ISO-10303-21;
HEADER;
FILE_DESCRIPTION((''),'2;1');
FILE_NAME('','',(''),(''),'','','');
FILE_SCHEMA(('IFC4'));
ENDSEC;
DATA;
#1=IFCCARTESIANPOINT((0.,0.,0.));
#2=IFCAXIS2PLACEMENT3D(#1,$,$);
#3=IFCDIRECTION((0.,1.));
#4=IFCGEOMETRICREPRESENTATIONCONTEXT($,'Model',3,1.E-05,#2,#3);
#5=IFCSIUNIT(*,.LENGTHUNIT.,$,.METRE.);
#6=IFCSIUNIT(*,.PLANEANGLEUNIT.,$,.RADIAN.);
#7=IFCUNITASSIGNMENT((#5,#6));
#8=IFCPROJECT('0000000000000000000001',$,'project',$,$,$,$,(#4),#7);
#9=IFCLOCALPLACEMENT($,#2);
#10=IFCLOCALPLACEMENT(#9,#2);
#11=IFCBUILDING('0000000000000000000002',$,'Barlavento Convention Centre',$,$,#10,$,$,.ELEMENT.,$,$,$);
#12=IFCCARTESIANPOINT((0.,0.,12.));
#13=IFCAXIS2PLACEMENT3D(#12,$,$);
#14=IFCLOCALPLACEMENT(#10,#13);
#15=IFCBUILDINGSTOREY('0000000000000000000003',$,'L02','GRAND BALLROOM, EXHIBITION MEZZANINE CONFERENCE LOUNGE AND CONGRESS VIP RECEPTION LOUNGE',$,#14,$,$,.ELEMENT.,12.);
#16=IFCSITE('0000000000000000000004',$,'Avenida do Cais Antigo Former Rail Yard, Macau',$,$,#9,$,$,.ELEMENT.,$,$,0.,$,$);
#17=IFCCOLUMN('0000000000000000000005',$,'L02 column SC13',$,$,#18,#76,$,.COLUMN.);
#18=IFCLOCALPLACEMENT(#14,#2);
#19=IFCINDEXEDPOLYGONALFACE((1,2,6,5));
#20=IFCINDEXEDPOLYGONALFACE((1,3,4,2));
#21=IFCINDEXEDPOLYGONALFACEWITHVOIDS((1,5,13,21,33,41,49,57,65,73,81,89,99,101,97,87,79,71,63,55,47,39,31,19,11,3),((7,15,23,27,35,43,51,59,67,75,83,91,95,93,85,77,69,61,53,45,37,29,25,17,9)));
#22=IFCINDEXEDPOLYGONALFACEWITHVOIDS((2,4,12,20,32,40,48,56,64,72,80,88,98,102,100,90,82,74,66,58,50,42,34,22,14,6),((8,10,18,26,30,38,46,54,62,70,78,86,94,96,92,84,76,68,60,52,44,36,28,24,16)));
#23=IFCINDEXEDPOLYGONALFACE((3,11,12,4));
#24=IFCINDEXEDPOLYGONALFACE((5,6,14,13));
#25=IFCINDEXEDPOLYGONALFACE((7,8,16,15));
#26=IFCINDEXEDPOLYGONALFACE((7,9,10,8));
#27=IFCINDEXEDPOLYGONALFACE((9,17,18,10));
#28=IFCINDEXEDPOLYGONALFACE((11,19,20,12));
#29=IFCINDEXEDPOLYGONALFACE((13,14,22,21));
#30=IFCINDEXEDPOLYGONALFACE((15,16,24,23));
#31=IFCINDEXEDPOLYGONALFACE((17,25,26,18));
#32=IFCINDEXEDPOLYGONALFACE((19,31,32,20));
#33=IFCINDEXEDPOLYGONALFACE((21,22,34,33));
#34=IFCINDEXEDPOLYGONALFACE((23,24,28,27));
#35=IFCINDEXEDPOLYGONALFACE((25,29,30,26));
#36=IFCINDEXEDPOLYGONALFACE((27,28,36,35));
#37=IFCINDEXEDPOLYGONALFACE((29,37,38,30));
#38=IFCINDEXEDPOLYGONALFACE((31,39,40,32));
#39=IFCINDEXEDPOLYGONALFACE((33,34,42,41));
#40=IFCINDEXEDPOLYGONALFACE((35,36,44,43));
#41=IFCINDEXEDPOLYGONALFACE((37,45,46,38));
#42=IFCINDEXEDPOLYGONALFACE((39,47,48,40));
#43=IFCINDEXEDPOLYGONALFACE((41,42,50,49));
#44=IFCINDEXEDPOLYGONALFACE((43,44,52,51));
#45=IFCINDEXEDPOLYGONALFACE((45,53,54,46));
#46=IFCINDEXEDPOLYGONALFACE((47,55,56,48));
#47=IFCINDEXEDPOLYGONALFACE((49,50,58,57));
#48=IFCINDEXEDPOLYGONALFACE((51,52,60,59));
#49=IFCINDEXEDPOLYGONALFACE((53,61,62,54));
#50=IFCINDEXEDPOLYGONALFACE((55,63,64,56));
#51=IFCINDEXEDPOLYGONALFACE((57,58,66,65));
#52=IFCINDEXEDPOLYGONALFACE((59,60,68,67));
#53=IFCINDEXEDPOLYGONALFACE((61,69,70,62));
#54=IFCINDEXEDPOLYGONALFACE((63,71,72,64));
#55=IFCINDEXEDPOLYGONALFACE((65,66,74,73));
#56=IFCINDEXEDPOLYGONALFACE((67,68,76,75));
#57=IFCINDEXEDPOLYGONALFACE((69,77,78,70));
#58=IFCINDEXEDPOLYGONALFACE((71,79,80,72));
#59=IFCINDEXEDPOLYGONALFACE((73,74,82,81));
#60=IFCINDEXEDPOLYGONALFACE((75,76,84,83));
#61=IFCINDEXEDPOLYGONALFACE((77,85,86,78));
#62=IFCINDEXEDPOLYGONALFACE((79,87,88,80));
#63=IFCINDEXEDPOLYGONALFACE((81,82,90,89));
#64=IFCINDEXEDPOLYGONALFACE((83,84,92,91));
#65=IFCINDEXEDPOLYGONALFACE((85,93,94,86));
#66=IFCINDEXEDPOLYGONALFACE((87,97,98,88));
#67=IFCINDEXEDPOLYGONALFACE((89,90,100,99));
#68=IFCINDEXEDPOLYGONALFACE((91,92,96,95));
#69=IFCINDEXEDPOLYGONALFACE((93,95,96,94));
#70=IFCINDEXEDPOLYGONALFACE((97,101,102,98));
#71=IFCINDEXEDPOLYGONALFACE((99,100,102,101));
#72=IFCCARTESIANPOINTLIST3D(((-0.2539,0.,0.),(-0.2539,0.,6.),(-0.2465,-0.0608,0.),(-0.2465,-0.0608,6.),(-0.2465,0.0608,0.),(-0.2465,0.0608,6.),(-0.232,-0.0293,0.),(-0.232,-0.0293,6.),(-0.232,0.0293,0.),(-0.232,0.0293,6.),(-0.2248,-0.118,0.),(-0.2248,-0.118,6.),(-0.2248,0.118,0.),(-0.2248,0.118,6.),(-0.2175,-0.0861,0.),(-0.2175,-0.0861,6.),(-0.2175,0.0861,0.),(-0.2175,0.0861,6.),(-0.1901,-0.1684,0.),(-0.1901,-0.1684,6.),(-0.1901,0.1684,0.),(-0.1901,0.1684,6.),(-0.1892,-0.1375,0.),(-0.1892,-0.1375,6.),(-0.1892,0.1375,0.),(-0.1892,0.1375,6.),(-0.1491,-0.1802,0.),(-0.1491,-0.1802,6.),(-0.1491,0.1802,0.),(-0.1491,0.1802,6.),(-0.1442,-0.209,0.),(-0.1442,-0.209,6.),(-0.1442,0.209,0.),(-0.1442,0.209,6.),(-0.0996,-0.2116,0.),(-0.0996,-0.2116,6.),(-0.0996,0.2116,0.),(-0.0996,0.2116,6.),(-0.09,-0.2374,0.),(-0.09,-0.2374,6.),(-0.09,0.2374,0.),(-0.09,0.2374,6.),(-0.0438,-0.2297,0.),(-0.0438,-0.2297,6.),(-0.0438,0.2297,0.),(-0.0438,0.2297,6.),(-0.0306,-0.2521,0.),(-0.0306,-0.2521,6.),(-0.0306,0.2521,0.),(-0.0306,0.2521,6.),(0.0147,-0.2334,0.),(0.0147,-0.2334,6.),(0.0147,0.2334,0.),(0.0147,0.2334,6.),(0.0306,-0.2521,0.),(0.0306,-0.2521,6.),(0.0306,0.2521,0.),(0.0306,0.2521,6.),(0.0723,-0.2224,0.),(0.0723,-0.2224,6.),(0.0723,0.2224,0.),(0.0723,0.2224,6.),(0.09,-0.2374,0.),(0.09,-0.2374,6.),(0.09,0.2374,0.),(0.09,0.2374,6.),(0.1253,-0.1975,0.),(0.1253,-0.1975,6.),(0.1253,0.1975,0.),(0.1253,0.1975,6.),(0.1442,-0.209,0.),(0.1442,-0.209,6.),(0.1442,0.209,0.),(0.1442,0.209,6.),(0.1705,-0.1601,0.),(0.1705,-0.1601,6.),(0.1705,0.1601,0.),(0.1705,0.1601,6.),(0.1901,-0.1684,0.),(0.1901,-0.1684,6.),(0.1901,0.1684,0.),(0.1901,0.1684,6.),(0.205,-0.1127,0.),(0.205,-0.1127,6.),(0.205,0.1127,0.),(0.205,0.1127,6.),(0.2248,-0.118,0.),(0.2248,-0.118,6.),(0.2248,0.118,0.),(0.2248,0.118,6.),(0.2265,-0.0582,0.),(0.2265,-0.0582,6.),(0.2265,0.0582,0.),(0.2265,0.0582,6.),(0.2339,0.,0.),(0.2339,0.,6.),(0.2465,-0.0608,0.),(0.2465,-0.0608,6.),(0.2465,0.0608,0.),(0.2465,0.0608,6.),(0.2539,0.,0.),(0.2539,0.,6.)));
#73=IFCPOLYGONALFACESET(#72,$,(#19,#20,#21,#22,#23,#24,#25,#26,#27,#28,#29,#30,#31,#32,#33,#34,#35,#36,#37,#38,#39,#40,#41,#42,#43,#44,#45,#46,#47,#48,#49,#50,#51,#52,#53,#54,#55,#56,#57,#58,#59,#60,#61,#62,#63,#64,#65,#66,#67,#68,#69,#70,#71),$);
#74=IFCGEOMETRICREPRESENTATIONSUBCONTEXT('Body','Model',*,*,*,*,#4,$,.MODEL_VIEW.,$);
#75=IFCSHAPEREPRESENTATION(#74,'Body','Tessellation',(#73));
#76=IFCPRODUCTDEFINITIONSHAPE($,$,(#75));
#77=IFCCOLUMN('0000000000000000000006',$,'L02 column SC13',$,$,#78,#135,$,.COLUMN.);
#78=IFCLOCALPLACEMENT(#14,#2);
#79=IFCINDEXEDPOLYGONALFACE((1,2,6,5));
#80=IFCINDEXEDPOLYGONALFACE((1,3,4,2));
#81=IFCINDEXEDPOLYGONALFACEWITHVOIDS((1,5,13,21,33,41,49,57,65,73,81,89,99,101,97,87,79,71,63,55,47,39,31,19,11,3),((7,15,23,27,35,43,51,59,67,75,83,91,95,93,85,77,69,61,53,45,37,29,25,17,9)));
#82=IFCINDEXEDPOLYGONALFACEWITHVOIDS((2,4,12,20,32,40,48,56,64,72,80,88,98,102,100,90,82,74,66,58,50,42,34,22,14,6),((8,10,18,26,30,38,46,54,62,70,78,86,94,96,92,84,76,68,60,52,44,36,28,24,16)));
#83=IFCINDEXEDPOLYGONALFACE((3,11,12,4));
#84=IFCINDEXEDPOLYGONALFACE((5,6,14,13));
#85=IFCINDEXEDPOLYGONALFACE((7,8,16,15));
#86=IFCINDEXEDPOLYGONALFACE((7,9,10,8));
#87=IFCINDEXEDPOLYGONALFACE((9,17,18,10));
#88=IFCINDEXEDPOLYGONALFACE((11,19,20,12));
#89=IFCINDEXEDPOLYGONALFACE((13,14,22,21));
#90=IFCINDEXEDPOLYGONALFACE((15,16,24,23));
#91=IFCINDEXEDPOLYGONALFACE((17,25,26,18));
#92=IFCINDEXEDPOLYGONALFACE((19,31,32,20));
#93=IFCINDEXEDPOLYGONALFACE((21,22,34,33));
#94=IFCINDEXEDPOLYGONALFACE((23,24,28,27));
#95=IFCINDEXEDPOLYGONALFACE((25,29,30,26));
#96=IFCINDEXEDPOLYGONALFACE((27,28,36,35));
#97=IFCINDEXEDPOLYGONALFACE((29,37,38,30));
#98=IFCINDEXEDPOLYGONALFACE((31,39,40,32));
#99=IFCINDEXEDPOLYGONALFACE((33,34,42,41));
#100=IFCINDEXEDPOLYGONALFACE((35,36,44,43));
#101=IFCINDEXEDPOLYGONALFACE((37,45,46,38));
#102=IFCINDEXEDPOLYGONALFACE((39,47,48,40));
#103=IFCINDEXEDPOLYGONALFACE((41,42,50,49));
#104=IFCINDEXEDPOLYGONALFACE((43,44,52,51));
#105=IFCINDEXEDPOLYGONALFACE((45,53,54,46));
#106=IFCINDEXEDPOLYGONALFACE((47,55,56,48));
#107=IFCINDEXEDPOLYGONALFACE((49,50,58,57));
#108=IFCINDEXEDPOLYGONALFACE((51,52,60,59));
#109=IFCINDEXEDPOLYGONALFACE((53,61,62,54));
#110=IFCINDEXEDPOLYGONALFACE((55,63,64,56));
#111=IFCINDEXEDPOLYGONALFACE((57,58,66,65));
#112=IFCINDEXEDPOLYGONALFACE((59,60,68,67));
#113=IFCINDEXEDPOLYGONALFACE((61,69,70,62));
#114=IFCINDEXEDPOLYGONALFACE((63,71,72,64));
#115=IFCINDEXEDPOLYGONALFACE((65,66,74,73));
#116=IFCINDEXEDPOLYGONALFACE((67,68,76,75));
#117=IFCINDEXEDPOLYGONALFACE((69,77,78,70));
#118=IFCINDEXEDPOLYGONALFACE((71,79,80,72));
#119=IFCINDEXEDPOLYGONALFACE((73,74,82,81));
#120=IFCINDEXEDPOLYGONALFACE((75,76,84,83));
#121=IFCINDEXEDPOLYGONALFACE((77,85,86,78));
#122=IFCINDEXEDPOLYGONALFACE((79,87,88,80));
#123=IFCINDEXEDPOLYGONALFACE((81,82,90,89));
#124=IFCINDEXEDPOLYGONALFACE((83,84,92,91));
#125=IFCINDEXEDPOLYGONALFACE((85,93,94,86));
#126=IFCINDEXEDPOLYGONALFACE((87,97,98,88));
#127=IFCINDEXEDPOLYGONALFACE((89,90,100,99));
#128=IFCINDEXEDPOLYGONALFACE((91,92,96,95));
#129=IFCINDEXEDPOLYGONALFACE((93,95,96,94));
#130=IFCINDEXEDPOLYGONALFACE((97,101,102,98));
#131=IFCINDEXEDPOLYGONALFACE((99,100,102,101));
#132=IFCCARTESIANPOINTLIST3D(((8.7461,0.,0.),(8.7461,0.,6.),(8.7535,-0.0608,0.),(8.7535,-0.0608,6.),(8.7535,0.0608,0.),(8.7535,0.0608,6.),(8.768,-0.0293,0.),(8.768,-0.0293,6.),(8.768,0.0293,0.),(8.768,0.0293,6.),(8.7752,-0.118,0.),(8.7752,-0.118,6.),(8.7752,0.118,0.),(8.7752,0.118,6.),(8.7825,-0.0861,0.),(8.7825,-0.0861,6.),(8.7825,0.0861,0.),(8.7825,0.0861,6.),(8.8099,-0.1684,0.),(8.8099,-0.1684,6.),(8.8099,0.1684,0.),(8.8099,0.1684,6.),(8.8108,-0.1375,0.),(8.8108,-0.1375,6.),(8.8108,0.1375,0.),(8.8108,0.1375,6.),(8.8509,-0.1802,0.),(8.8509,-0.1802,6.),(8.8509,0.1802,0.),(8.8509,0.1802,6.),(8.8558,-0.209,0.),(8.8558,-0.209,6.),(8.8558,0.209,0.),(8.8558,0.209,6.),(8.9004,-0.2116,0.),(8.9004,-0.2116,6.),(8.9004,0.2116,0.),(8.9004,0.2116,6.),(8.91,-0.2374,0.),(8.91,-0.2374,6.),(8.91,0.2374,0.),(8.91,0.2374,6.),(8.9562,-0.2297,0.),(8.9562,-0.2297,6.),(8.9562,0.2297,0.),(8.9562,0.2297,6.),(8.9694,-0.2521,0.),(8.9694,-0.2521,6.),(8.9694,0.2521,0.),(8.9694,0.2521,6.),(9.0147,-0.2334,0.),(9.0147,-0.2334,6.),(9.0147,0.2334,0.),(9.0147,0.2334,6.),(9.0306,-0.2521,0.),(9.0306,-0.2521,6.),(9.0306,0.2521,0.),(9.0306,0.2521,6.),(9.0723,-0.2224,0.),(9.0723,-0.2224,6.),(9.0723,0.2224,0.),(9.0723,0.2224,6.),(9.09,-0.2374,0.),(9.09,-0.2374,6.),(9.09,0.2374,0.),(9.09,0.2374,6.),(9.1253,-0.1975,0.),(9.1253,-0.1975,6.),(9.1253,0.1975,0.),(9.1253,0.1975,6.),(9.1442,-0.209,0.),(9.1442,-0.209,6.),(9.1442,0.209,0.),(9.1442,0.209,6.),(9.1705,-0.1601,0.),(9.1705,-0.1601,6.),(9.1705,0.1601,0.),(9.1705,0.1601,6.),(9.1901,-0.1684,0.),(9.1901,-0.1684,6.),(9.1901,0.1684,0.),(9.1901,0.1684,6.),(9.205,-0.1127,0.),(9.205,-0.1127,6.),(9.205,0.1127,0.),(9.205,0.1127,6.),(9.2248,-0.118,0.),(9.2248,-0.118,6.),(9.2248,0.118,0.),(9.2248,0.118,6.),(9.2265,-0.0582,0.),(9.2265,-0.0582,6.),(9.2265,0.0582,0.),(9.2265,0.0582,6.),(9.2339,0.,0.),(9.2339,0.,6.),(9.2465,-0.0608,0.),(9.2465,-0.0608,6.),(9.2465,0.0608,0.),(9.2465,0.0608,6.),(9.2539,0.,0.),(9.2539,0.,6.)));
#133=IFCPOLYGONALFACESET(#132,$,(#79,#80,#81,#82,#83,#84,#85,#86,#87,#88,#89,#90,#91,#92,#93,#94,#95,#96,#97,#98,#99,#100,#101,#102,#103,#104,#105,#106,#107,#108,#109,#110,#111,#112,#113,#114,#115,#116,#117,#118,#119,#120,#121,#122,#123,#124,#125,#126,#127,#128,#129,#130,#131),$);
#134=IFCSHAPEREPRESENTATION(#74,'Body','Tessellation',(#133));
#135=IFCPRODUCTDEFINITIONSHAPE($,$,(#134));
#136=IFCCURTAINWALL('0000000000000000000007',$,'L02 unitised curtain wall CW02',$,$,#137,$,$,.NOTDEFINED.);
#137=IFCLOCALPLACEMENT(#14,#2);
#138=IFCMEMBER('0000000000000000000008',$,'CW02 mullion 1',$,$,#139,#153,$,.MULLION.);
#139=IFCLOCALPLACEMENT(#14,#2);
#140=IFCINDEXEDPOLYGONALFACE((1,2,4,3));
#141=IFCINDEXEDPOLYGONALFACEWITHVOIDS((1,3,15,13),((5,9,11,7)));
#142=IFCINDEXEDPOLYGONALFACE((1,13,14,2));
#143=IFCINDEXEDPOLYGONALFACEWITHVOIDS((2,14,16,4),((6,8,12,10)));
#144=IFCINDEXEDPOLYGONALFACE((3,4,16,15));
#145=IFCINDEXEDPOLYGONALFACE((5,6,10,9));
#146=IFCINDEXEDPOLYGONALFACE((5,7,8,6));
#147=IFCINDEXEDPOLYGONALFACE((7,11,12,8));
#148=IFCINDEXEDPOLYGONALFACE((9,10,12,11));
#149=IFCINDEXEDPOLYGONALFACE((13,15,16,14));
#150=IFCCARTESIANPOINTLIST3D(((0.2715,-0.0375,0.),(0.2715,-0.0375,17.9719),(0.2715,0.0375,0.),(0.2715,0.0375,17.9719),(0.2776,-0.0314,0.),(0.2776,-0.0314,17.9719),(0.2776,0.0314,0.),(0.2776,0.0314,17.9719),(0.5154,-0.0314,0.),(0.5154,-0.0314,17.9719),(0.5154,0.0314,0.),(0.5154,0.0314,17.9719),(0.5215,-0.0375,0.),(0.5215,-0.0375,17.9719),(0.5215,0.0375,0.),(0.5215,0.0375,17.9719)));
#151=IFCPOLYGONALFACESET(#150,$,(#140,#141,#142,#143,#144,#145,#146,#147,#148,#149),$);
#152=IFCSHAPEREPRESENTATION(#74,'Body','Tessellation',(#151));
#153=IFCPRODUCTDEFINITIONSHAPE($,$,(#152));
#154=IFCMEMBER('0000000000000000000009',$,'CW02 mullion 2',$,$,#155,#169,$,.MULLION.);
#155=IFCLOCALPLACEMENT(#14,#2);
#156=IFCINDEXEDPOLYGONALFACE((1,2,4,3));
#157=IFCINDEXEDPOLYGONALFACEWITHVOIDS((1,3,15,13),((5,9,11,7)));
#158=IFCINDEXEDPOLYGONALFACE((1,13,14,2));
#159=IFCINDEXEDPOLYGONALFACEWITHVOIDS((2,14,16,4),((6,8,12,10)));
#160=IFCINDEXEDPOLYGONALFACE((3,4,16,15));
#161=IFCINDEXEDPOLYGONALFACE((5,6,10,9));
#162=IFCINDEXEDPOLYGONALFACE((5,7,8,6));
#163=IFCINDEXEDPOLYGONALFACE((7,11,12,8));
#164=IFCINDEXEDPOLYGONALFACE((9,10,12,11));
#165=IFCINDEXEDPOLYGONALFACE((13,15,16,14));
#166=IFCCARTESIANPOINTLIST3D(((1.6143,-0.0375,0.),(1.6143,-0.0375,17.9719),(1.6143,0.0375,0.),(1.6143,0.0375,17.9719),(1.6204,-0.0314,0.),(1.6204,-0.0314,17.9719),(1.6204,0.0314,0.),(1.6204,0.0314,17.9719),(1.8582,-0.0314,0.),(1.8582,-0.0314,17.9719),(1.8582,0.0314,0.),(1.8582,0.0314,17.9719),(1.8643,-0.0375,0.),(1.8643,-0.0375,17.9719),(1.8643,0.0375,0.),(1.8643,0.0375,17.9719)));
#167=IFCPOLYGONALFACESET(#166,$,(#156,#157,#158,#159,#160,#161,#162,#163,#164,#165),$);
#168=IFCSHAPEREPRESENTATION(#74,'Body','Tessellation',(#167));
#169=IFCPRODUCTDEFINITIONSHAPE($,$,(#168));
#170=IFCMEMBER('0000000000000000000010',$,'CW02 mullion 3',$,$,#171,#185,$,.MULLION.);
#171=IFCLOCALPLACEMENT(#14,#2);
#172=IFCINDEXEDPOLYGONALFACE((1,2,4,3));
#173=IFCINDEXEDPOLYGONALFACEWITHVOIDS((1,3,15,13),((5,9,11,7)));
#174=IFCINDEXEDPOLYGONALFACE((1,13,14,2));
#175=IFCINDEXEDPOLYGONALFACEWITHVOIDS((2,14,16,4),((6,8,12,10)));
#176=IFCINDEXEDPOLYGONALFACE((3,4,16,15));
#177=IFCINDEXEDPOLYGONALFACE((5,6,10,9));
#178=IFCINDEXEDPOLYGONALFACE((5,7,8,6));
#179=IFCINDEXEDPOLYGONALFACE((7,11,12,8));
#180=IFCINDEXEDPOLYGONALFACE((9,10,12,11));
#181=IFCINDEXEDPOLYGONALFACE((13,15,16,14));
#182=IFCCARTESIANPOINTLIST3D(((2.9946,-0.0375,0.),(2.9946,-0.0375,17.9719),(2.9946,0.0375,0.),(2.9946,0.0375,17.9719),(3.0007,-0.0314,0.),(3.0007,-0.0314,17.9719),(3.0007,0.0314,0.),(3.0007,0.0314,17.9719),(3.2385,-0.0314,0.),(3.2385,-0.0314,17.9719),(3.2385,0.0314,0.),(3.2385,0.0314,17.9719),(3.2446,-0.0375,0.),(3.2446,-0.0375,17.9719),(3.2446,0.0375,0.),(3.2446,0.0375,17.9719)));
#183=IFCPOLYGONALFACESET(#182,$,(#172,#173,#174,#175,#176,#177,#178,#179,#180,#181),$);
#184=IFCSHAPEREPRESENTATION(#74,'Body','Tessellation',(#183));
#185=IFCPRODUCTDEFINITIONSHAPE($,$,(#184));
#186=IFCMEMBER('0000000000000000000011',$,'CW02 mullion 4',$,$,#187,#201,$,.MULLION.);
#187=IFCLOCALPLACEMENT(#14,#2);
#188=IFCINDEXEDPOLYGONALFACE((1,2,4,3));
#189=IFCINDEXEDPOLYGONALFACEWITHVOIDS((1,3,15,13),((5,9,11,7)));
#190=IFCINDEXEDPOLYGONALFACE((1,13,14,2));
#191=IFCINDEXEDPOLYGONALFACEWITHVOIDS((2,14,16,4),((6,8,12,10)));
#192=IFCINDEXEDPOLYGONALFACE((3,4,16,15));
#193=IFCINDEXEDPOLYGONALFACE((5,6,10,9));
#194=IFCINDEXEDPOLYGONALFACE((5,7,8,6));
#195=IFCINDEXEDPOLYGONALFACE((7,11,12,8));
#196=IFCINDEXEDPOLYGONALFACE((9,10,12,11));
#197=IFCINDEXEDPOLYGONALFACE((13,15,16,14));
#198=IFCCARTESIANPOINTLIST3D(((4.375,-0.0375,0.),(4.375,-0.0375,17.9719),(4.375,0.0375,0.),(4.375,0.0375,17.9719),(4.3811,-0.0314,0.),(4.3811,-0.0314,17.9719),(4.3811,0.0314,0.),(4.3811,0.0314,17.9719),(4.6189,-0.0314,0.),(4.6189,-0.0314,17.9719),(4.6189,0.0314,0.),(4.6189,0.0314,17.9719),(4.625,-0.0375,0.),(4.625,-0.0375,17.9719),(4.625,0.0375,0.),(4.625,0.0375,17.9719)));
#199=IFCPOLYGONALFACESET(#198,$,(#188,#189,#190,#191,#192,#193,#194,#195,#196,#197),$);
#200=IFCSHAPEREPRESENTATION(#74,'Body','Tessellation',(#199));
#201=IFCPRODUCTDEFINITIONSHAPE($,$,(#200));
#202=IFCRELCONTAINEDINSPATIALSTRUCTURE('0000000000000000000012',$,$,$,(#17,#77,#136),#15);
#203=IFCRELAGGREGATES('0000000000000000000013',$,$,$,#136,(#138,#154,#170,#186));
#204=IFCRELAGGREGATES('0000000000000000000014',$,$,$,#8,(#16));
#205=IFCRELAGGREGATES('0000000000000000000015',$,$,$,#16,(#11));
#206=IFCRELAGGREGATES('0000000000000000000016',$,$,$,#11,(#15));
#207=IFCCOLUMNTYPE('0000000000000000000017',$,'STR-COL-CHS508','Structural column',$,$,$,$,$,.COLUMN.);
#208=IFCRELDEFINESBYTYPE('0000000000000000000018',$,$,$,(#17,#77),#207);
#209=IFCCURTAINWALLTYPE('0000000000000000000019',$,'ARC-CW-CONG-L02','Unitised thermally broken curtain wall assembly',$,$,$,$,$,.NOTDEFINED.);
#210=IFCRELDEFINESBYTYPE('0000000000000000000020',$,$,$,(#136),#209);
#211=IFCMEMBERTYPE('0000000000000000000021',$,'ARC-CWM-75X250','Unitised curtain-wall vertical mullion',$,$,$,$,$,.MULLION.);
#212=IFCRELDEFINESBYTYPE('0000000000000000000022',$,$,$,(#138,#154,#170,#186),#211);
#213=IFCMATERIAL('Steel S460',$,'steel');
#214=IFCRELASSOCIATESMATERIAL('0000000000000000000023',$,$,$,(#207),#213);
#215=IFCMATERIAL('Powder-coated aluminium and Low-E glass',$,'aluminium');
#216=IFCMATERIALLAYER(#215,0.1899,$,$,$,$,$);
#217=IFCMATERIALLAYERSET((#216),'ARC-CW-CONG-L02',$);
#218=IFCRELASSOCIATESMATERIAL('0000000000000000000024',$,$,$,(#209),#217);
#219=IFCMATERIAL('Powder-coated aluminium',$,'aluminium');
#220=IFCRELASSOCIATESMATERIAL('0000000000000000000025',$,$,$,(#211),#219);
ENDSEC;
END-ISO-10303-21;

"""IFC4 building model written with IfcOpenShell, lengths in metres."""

from ifc_helpers import new_model, si_unit, direction, frame, origin, origin_2d, place, context, subcontext, project, spatial, hollow_rectangle, hollow_circle, extrude, material, layer, layer_set, material_profile, profile_set, type_object, element, aggregate, save


model = new_model("IFC4")

# Units and contexts
model_context = context("Model", 3, precision=1e-05, world=origin(), true_north=direction((0.0, 1.0)))
body_context = subcontext(model_context, "Body", "Model", "MODEL_VIEW")
ifc_project = project(units=[si_unit("LENGTHUNIT", "METRE"), si_unit("PLANEANGLEUNIT", "RADIAN")], contexts=[model_context])

# Site, building, storey
site_placement = place(None, origin())
site = spatial("IfcSite", under=ifc_project, at=site_placement, Name="Avenida do Cais Antigo Former Rail Yard, Macau", CompositionType="ELEMENT", RefElevation=0.0)
building_placement = place(site_placement, origin())
building = spatial("IfcBuilding", under=site, at=building_placement, Name="Barlavento Convention Centre", CompositionType="ELEMENT")
storey_placement = place(building_placement, frame((0.0, 0.0, 12.0)))
storey = spatial("IfcBuildingStorey", under=building, at=storey_placement, Name="L02", Description="GRAND BALLROOM, EXHIBITION MEZZANINE CONFERENCE LOUNGE AND CONGRESS VIP RECEPTION LOUNGE", CompositionType="ELEMENT", Elevation=12.0)

# Columns
ifc_material_1 = material(Name="Steel S460", Category="steel")
ifc_material_profile_1 = material_profile(ifc_material_1, hollow_circle(Radius=0.2539, WallThickness=0.02, at=origin_2d()), Name="CHS 508.0x20.0")
ifc_profile_set_1 = profile_set([ifc_material_profile_1], Name="Steel S460")
column_type = type_object("IfcColumnType", Name="STR-COL-CHS508", Description="Structural column", PredefinedType="COLUMN", material=ifc_profile_set_1)
for number, where, z_axis, x_axis, name in (
    (1, (0.0, 0.0, 0.0), (0.0, 0.0, 1.0), (1.0, 0.0, 0.0), "L02 column SC13"),
    (2, (9.0, 0.0, 0.0), (0.0, 0.0, 1.0), (1.0, 0.0, 0.0), "L02 column SC13"),
):
    element("IfcColumn", number, at=place(storey_placement, frame(where, z_axis=z_axis, x_axis=x_axis)), inside=storey, type_object=column_type, Name=name, PredefinedType="COLUMN", context=body_context, shape_type="SweptSolid", body=[
        extrude(hollow_circle(Radius=0.2539, WallThickness=0.02, at=origin_2d()), origin(), (0.0, 0.0, 1.0), 6.0),
    ])

# Curtain wall, members
ifc_material_2 = material(Name="Powder-coated aluminium and Low-E glass", Category="aluminium")
ifc_layer_1 = layer(ifc_material_2, 0.1899)
ifc_layer_set_1 = layer_set([ifc_layer_1], Name="ARC-CW-CONG-L02")
curtain_wall_type = type_object("IfcCurtainWallType", Name="ARC-CW-CONG-L02", Description="Unitised thermally broken curtain wall assembly", PredefinedType="NOTDEFINED", material=ifc_layer_set_1)
curtain_wall_1_placement = place(storey_placement, origin())
curtain_wall_1 = element("IfcCurtainWall", 3, at=curtain_wall_1_placement, inside=storey, type_object=curtain_wall_type, Name="L02 unitised curtain wall CW02", PredefinedType="NOTDEFINED")
ifc_material_3 = material(Name="Powder-coated aluminium", Category="aluminium")
ifc_material_profile_2 = material_profile(ifc_material_3, hollow_rectangle(XDim=0.075, YDim=0.25, WallThickness=0.0061, at=origin_2d()), Name="AL-MULL 75x250x6")
ifc_profile_set_2 = profile_set([ifc_material_profile_2], Name="Powder-coated aluminium")
member_type_1 = type_object("IfcMemberType", Name="ARC-CWM-75X250", Description="Unitised curtain-wall vertical mullion", PredefinedType="MULLION", material=ifc_profile_set_2)
member_1_placement = place(storey_placement, frame((0.3965, 0.0, 0.0), z_axis=(0.0, 0.0, 1.0), x_axis=(0.0, 1.0, 0.0)))
member_1 = element("IfcMember", 4, at=member_1_placement, type_object=member_type_1, Name="CW02 mullion 1", PredefinedType="MULLION", context=body_context, shape_type="SweptSolid", body=[
    extrude(hollow_rectangle(XDim=0.075, YDim=0.25, WallThickness=0.0061, at=origin_2d()), origin(), (0.0, 0.0, 1.0), 17.9719),
])
member_2_placement = place(storey_placement, frame((1.7393, 0.0, 0.0), z_axis=(0.0, 0.0, 1.0), x_axis=(0.0, 1.0, 0.0)))
member_2 = element("IfcMember", 5, at=member_2_placement, type_object=member_type_1, Name="CW02 mullion 2", PredefinedType="MULLION", context=body_context, shape_type="SweptSolid", body=[
    extrude(hollow_rectangle(XDim=0.075, YDim=0.25, WallThickness=0.0061, at=origin_2d()), origin(), (0.0, 0.0, 1.0), 17.9719),
])
member_3_placement = place(storey_placement, frame((3.1196, 0.0, 0.0), z_axis=(0.0, 0.0, 1.0), x_axis=(0.0, 1.0, 0.0)))
member_3 = element("IfcMember", 6, at=member_3_placement, type_object=member_type_1, Name="CW02 mullion 3", PredefinedType="MULLION", context=body_context, shape_type="SweptSolid", body=[
    extrude(hollow_rectangle(XDim=0.075, YDim=0.25, WallThickness=0.0061, at=origin_2d()), origin(), (0.0, 0.0, 1.0), 17.9719),
])
member_4_placement = place(storey_placement, frame((4.5, 0.0, 0.0), z_axis=(0.0, 0.0, 1.0), x_axis=(0.0, 1.0, 0.0)))
member_4 = element("IfcMember", 7, at=member_4_placement, type_object=member_type_1, Name="CW02 mullion 4", PredefinedType="MULLION", context=body_context, shape_type="SweptSolid", body=[
    extrude(hollow_rectangle(XDim=0.075, YDim=0.25, WallThickness=0.0061, at=origin_2d()), origin(), (0.0, 0.0, 1.0), 17.9719),
])

aggregate(curtain_wall_1, [member_1, member_2, member_3, member_4])

save(model, "model.ifc")
